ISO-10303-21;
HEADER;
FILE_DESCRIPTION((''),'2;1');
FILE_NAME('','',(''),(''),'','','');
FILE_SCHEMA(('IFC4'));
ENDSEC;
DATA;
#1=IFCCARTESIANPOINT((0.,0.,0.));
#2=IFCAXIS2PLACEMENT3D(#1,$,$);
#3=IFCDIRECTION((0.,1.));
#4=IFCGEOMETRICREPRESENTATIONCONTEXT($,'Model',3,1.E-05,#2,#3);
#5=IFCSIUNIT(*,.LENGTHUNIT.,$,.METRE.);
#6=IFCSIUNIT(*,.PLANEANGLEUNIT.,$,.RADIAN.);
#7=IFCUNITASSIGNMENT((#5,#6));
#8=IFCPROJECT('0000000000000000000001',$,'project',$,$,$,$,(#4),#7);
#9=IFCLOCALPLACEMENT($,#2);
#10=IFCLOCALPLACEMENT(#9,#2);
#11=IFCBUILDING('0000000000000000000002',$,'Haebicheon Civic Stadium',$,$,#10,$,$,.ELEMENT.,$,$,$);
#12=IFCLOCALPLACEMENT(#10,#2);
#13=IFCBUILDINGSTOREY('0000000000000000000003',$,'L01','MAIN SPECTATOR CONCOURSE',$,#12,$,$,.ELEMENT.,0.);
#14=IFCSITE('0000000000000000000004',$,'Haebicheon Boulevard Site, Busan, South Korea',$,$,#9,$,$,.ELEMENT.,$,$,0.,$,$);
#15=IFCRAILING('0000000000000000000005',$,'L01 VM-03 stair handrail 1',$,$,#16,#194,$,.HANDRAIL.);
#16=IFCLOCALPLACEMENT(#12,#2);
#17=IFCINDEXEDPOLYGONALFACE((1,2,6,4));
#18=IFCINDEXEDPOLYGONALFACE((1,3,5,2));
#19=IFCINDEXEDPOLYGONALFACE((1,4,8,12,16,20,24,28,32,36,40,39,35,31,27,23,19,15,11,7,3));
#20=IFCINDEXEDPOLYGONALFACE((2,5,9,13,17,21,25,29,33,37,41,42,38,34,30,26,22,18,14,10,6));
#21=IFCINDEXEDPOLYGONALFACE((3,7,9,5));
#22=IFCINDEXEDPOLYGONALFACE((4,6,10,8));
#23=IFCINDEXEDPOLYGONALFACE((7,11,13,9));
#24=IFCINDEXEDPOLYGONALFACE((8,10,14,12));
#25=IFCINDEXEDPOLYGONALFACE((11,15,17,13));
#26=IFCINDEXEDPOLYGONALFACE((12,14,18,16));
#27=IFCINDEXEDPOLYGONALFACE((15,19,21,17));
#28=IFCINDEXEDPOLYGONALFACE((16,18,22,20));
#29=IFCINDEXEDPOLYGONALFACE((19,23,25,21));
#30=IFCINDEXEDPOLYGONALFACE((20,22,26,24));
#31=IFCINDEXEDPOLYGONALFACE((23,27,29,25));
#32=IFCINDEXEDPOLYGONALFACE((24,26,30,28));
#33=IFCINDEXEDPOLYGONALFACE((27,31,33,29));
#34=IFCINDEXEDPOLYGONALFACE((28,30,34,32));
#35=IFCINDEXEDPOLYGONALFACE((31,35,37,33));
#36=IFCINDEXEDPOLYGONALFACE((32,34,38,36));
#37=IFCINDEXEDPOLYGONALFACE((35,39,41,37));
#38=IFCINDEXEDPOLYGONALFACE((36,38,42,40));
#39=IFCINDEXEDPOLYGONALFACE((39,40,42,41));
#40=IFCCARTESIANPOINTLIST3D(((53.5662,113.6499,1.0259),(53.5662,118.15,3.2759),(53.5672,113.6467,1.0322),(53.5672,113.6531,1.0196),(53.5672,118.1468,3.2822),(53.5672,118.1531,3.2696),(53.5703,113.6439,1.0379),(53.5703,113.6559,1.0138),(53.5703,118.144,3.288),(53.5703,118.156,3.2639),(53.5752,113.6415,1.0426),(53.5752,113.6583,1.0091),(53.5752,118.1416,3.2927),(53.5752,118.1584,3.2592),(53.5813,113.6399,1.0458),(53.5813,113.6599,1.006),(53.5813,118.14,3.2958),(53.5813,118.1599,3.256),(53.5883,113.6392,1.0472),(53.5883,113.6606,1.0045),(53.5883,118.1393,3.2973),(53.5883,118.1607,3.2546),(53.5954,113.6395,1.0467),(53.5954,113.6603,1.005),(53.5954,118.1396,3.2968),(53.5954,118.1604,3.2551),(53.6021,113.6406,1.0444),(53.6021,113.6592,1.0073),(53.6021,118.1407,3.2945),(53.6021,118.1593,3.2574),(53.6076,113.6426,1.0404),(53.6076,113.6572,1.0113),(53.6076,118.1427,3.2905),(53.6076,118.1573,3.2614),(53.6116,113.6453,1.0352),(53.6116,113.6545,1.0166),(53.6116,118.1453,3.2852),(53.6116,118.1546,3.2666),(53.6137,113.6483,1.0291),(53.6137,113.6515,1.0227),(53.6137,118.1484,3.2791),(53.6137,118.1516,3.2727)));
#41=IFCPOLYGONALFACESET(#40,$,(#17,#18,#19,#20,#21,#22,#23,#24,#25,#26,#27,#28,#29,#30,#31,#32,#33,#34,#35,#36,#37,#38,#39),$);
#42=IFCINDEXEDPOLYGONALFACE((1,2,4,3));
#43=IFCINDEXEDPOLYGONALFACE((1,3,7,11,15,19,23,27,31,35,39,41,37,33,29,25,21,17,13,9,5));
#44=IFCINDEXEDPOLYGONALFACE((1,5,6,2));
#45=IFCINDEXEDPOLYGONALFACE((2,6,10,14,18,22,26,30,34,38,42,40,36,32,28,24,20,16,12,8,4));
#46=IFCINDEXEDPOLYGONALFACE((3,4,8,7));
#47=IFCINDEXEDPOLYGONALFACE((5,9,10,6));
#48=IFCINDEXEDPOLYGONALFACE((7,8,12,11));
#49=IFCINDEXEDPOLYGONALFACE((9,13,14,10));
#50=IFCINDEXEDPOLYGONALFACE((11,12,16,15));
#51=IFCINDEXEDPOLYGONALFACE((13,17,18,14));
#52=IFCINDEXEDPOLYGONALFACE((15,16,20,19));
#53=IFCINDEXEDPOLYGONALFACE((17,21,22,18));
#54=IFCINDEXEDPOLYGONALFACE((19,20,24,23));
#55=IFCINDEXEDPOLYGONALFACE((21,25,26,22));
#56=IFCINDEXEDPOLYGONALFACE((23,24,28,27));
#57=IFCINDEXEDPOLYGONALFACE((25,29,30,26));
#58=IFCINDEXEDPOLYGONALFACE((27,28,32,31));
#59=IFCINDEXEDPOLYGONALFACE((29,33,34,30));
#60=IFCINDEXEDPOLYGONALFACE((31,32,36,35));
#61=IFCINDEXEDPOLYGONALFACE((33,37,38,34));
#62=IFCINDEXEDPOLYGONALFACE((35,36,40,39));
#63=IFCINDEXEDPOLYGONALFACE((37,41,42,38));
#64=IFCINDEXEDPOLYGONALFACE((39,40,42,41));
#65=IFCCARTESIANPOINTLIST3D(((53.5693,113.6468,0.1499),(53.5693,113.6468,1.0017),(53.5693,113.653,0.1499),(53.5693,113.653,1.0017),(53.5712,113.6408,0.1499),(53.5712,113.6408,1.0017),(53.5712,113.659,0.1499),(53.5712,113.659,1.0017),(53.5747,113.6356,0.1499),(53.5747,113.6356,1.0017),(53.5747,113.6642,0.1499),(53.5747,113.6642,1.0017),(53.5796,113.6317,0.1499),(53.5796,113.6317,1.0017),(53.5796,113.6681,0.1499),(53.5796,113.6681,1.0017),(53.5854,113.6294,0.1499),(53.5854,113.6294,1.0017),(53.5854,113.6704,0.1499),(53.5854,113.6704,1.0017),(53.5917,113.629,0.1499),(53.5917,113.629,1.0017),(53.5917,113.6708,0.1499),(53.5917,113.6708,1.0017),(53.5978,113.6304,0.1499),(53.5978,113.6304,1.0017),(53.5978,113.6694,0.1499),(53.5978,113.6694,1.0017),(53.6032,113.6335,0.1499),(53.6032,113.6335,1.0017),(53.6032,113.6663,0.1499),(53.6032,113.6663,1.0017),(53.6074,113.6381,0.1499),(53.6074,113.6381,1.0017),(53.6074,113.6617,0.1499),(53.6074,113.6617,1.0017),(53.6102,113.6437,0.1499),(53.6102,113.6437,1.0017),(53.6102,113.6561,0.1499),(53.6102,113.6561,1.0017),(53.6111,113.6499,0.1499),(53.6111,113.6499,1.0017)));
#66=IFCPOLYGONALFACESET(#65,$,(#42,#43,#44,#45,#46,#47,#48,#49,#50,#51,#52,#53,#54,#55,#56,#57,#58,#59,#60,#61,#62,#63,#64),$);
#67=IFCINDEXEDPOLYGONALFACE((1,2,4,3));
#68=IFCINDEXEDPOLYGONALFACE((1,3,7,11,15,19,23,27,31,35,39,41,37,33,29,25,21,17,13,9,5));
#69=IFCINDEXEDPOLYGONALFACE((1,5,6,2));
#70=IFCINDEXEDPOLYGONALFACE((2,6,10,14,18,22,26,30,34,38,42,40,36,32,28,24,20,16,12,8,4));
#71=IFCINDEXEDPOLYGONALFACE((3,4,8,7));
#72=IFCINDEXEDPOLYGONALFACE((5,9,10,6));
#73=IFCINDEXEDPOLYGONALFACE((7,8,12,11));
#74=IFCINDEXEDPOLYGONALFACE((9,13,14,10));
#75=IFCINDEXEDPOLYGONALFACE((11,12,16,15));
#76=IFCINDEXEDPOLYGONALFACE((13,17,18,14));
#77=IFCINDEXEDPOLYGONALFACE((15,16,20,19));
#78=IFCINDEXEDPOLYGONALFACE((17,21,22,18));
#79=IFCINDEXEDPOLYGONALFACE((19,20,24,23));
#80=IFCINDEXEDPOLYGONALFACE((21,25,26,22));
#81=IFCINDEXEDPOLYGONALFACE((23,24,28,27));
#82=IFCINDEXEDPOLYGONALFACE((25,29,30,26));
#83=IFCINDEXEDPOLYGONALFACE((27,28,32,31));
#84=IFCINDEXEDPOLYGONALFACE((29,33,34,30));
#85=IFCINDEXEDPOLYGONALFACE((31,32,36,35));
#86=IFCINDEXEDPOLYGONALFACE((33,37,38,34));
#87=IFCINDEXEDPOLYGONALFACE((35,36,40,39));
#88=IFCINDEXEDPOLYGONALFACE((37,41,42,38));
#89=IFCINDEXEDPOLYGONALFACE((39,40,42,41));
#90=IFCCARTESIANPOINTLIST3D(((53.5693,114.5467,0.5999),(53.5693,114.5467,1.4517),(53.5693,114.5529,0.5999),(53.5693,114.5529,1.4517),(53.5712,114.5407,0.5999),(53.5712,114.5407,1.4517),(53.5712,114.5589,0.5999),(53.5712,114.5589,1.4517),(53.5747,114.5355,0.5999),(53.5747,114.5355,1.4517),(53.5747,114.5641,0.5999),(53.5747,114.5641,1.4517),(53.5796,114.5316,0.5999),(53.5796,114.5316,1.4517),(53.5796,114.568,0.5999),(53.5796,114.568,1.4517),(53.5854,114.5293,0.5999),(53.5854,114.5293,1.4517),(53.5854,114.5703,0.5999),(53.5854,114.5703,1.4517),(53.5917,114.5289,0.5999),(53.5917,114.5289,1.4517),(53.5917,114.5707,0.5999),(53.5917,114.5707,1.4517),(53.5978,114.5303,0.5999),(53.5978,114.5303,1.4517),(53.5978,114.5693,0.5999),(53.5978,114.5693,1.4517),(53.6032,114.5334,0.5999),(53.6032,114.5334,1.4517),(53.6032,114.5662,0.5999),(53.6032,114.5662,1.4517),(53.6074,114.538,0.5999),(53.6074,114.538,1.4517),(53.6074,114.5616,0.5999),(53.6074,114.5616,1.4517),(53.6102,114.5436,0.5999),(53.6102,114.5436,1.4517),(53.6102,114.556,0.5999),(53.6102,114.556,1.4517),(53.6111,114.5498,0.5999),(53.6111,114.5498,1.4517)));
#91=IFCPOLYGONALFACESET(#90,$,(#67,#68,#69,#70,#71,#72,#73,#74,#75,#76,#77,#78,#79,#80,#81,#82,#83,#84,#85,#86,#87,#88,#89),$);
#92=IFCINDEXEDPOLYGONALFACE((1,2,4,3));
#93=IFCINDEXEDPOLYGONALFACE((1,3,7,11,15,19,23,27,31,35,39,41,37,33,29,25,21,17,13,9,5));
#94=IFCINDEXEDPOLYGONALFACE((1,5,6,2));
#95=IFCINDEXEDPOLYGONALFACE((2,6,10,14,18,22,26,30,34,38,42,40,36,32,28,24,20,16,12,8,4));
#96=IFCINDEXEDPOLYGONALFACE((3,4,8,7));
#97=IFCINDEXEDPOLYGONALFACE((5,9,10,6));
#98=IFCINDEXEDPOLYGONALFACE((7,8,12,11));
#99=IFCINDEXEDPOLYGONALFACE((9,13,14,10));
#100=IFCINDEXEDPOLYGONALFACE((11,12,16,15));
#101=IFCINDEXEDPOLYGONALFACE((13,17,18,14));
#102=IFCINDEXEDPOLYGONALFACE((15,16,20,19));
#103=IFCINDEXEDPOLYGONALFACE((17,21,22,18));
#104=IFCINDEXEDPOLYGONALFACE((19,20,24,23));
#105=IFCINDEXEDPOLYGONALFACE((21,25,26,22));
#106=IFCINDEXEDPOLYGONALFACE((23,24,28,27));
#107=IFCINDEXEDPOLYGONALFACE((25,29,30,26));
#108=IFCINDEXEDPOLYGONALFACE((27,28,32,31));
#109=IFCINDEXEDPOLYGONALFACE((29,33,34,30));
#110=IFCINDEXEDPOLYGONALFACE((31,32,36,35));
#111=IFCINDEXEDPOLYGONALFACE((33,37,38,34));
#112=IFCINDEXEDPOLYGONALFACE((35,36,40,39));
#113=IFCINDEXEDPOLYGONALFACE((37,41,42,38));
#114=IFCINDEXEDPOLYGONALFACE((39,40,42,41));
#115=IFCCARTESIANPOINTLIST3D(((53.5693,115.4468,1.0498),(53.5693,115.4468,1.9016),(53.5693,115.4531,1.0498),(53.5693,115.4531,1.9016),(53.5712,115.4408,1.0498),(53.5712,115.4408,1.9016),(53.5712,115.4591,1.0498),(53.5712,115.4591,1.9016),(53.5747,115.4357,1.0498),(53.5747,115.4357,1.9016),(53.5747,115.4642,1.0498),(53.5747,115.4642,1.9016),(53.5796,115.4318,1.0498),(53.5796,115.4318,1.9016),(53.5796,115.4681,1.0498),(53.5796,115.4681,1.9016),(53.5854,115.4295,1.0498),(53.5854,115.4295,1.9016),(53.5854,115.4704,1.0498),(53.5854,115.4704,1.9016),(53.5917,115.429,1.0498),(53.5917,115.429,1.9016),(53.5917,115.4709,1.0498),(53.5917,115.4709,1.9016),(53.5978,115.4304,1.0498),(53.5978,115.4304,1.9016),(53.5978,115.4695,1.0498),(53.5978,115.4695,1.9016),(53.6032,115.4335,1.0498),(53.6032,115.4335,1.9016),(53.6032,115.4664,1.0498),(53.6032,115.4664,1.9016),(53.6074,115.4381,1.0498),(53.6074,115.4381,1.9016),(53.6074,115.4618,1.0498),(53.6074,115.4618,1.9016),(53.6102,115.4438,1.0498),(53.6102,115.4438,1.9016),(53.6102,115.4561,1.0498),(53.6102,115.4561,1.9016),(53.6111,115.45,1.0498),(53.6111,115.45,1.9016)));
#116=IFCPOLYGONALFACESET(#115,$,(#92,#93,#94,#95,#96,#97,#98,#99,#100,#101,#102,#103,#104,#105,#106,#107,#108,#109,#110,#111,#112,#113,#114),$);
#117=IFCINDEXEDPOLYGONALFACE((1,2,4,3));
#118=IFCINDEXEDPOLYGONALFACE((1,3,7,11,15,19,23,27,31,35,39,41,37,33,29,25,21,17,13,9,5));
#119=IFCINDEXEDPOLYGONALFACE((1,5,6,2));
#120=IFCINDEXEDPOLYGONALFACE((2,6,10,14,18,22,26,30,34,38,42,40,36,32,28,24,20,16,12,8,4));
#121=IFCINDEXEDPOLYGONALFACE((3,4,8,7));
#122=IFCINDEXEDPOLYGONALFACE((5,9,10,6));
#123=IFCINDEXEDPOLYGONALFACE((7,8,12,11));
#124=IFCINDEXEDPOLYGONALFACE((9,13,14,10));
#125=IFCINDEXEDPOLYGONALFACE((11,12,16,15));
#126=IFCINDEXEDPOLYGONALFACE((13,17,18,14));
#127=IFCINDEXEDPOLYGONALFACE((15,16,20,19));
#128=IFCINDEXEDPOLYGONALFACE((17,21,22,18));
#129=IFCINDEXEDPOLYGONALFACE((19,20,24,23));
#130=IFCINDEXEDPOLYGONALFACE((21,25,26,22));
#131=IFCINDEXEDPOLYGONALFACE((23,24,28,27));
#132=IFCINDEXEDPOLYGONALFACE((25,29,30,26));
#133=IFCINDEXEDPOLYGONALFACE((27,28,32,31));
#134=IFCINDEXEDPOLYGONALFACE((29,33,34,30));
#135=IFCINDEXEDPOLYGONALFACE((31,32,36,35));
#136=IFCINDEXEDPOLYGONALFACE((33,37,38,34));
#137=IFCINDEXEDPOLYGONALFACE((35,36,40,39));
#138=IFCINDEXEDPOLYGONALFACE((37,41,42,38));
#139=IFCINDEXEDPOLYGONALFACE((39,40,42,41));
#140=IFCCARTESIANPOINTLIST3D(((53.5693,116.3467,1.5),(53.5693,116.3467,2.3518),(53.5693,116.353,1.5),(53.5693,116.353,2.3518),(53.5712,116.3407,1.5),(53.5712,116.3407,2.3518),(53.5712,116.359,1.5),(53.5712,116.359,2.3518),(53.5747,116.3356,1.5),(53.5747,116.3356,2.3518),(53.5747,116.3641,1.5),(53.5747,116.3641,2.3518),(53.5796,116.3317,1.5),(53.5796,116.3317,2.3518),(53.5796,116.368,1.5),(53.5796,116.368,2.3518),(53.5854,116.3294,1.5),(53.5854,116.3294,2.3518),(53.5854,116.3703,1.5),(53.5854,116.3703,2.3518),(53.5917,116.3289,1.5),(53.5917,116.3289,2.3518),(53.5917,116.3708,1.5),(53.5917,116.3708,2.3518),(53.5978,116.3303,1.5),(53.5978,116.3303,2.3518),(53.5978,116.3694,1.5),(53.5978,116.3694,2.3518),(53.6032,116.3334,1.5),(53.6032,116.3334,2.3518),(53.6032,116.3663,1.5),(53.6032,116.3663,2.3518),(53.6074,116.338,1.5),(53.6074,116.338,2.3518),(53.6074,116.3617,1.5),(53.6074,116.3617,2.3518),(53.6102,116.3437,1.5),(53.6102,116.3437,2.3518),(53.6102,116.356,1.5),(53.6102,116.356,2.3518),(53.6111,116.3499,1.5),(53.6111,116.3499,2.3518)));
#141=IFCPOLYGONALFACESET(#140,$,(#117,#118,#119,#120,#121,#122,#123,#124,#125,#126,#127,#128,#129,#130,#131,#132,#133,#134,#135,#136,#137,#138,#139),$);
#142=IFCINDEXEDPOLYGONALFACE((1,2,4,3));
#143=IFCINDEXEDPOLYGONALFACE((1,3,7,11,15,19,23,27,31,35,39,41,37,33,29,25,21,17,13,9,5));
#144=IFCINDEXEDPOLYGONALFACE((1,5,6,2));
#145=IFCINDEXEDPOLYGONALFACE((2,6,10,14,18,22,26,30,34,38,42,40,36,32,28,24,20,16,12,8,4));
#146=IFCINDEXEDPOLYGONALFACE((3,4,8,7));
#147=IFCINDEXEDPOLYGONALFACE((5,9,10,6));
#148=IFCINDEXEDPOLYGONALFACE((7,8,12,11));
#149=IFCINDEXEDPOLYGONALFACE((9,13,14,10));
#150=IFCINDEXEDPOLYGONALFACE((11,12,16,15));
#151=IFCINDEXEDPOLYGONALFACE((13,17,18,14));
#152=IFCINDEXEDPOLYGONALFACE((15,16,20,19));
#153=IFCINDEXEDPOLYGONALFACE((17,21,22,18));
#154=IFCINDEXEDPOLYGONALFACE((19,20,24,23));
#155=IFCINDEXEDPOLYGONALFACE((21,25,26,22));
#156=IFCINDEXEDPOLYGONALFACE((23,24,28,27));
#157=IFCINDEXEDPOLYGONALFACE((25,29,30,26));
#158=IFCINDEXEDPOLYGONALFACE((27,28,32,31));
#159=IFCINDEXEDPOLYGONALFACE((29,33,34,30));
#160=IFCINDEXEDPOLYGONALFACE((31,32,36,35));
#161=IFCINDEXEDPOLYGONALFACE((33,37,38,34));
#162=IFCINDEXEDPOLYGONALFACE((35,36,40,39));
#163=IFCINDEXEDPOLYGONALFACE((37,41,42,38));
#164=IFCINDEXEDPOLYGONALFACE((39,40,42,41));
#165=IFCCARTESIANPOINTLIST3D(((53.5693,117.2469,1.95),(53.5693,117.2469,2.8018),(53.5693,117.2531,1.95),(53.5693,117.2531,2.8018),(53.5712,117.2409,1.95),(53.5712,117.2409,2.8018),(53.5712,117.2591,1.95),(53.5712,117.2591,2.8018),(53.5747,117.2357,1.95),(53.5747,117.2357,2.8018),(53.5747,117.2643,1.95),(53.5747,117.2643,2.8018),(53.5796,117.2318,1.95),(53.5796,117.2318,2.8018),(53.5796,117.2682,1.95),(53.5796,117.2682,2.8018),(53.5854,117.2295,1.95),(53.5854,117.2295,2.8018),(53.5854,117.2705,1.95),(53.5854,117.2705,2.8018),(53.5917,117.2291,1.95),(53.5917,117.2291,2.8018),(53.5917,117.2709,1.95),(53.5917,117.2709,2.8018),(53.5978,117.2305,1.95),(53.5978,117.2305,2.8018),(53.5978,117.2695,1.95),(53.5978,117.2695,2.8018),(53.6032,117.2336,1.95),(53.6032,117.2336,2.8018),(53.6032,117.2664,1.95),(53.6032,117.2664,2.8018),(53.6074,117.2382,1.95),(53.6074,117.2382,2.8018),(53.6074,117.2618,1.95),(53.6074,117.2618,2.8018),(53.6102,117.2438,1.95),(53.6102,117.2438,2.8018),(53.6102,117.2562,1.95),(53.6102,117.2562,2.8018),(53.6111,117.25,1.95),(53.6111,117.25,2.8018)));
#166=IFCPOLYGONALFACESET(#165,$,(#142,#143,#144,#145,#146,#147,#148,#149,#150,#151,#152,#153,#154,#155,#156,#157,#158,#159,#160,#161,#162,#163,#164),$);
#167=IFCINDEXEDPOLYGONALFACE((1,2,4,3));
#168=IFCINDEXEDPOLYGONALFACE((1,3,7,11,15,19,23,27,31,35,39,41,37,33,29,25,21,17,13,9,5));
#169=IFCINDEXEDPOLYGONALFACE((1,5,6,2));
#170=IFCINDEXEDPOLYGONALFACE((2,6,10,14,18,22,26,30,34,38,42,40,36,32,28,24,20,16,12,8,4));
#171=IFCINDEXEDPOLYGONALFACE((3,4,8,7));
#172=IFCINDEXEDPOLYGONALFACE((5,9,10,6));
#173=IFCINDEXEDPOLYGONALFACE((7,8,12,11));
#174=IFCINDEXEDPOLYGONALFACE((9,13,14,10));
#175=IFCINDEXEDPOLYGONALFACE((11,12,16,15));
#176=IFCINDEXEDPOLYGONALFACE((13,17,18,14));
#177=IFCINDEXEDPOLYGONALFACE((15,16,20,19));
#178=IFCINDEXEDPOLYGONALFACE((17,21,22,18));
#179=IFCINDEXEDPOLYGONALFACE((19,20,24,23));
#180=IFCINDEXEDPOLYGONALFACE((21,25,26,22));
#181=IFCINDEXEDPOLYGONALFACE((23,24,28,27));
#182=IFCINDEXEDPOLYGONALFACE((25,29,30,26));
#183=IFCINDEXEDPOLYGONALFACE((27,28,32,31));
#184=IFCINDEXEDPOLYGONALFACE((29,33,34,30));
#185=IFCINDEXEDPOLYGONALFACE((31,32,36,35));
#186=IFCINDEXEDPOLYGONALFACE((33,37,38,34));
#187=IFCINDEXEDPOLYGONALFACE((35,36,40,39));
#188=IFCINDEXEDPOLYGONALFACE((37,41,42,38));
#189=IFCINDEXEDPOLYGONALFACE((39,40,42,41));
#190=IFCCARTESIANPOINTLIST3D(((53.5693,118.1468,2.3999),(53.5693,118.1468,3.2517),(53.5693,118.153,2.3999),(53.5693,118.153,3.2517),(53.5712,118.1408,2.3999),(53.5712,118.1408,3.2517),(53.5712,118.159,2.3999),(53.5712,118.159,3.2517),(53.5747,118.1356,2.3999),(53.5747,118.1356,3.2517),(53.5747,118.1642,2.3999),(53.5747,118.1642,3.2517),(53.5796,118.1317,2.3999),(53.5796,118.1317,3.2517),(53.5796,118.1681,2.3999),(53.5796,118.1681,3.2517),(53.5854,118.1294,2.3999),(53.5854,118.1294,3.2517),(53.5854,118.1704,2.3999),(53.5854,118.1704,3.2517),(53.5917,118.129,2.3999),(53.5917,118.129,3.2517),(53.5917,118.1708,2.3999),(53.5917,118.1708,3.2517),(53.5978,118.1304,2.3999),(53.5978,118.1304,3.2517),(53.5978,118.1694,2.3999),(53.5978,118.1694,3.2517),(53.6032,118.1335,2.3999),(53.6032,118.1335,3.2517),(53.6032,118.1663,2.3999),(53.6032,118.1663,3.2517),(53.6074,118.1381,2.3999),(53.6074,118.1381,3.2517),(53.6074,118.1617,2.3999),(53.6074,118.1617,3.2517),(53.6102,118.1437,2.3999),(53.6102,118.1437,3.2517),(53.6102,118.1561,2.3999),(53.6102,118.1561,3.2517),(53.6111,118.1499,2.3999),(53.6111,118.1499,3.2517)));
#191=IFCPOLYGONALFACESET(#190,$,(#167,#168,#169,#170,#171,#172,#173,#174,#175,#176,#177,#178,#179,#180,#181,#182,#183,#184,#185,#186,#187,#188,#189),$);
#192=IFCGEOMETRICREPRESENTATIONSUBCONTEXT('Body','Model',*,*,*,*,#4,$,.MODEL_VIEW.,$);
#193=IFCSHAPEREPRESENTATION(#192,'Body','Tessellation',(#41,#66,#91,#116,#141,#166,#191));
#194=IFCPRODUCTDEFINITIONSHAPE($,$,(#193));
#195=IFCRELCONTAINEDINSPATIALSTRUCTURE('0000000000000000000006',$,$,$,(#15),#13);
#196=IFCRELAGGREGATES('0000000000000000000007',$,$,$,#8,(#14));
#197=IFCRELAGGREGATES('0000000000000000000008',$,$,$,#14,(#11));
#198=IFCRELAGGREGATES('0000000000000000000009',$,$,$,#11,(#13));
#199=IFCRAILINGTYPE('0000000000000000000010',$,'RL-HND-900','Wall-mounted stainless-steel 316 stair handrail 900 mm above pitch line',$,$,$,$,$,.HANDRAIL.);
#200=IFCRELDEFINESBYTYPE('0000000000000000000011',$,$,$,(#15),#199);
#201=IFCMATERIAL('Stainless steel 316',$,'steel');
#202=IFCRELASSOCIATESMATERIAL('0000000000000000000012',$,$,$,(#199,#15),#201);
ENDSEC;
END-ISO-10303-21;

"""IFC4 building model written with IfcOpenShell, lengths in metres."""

from ifc_helpers import new_model, si_unit, direction, frame, origin, origin_2d, place, context, subcontext, project, spatial, circle, extrude, material, type_object, element, save


model = new_model("IFC4")

# Units and contexts
model_context = context("Model", 3, precision=1e-05, world=origin(), true_north=direction((0.0, 1.0)))
body_context = subcontext(model_context, "Body", "Model", "MODEL_VIEW")
ifc_project = project(units=[si_unit("LENGTHUNIT", "METRE"), si_unit("PLANEANGLEUNIT", "RADIAN")], contexts=[model_context])

# Site, building, storey
site_placement = place(None, origin())
site = spatial("IfcSite", under=ifc_project, at=site_placement, Name="Haebicheon Boulevard Site, Busan, South Korea", CompositionType="ELEMENT", RefElevation=0.0)
building_placement = place(site_placement, origin())
building = spatial("IfcBuilding", under=site, at=building_placement, Name="Haebicheon Civic Stadium", CompositionType="ELEMENT")
storey_placement = place(building_placement, origin())
storey = spatial("IfcBuildingStorey", under=building, at=storey_placement, Name="L01", Description="MAIN SPECTATOR CONCOURSE", CompositionType="ELEMENT", Elevation=0.0)

# Railing
ifc_material_1 = material(Name="Stainless steel 316", Category="steel")
railing_type_1 = type_object("IfcRailingType", Name="RL-HND-900", Description="Wall-mounted stainless-steel 316 stair handrail 900 mm above pitch line", PredefinedType="HANDRAIL", material=ifc_material_1)
railing_1_placement = place(storey_placement, frame((53.5901, 113.6499, 0.1499)))
element("IfcRailing", 1, at=railing_1_placement, inside=storey, type_object=railing_type_1, material=ifc_material_1, Name="L01 VM-03 stair handrail 1", PredefinedType="HANDRAIL", context=body_context, shape_type="SweptSolid", body=[
    extrude(circle(Radius=0.0239, at=origin_2d()), frame((0.0, 0.0, 0.876), z_axis=(0.0, 0.894427, 0.447214), x_axis=(-1.0, 0.0, 0.0)), (0.0, 0.0, 1.0), 5.0312),
    extrude(circle(Radius=0.021, at=origin_2d()), origin(), (0.0, 0.0, 1.0), 0.8518),
    extrude(circle(Radius=0.021, at=origin_2d()), frame((0.0, 0.8999, 0.45)), (0.0, 0.0, 1.0), 0.8518),
    extrude(circle(Radius=0.021, at=origin_2d()), frame((0.0, 1.8, 0.8999)), (0.0, 0.0, 1.0), 0.8518),
    extrude(circle(Radius=0.021, at=origin_2d()), frame((0.0, 2.7, 1.3501)), (0.0, 0.0, 1.0), 0.8518),
    extrude(circle(Radius=0.021, at=origin_2d()), frame((0.0, 3.6001, 1.8)), (0.0, 0.0, 1.0), 0.8518),
    extrude(circle(Radius=0.021, at=origin_2d()), frame((0.0, 4.5, 2.25)), (0.0, 0.0, 1.0), 0.8518),
])

save(model, "model.ifc")
